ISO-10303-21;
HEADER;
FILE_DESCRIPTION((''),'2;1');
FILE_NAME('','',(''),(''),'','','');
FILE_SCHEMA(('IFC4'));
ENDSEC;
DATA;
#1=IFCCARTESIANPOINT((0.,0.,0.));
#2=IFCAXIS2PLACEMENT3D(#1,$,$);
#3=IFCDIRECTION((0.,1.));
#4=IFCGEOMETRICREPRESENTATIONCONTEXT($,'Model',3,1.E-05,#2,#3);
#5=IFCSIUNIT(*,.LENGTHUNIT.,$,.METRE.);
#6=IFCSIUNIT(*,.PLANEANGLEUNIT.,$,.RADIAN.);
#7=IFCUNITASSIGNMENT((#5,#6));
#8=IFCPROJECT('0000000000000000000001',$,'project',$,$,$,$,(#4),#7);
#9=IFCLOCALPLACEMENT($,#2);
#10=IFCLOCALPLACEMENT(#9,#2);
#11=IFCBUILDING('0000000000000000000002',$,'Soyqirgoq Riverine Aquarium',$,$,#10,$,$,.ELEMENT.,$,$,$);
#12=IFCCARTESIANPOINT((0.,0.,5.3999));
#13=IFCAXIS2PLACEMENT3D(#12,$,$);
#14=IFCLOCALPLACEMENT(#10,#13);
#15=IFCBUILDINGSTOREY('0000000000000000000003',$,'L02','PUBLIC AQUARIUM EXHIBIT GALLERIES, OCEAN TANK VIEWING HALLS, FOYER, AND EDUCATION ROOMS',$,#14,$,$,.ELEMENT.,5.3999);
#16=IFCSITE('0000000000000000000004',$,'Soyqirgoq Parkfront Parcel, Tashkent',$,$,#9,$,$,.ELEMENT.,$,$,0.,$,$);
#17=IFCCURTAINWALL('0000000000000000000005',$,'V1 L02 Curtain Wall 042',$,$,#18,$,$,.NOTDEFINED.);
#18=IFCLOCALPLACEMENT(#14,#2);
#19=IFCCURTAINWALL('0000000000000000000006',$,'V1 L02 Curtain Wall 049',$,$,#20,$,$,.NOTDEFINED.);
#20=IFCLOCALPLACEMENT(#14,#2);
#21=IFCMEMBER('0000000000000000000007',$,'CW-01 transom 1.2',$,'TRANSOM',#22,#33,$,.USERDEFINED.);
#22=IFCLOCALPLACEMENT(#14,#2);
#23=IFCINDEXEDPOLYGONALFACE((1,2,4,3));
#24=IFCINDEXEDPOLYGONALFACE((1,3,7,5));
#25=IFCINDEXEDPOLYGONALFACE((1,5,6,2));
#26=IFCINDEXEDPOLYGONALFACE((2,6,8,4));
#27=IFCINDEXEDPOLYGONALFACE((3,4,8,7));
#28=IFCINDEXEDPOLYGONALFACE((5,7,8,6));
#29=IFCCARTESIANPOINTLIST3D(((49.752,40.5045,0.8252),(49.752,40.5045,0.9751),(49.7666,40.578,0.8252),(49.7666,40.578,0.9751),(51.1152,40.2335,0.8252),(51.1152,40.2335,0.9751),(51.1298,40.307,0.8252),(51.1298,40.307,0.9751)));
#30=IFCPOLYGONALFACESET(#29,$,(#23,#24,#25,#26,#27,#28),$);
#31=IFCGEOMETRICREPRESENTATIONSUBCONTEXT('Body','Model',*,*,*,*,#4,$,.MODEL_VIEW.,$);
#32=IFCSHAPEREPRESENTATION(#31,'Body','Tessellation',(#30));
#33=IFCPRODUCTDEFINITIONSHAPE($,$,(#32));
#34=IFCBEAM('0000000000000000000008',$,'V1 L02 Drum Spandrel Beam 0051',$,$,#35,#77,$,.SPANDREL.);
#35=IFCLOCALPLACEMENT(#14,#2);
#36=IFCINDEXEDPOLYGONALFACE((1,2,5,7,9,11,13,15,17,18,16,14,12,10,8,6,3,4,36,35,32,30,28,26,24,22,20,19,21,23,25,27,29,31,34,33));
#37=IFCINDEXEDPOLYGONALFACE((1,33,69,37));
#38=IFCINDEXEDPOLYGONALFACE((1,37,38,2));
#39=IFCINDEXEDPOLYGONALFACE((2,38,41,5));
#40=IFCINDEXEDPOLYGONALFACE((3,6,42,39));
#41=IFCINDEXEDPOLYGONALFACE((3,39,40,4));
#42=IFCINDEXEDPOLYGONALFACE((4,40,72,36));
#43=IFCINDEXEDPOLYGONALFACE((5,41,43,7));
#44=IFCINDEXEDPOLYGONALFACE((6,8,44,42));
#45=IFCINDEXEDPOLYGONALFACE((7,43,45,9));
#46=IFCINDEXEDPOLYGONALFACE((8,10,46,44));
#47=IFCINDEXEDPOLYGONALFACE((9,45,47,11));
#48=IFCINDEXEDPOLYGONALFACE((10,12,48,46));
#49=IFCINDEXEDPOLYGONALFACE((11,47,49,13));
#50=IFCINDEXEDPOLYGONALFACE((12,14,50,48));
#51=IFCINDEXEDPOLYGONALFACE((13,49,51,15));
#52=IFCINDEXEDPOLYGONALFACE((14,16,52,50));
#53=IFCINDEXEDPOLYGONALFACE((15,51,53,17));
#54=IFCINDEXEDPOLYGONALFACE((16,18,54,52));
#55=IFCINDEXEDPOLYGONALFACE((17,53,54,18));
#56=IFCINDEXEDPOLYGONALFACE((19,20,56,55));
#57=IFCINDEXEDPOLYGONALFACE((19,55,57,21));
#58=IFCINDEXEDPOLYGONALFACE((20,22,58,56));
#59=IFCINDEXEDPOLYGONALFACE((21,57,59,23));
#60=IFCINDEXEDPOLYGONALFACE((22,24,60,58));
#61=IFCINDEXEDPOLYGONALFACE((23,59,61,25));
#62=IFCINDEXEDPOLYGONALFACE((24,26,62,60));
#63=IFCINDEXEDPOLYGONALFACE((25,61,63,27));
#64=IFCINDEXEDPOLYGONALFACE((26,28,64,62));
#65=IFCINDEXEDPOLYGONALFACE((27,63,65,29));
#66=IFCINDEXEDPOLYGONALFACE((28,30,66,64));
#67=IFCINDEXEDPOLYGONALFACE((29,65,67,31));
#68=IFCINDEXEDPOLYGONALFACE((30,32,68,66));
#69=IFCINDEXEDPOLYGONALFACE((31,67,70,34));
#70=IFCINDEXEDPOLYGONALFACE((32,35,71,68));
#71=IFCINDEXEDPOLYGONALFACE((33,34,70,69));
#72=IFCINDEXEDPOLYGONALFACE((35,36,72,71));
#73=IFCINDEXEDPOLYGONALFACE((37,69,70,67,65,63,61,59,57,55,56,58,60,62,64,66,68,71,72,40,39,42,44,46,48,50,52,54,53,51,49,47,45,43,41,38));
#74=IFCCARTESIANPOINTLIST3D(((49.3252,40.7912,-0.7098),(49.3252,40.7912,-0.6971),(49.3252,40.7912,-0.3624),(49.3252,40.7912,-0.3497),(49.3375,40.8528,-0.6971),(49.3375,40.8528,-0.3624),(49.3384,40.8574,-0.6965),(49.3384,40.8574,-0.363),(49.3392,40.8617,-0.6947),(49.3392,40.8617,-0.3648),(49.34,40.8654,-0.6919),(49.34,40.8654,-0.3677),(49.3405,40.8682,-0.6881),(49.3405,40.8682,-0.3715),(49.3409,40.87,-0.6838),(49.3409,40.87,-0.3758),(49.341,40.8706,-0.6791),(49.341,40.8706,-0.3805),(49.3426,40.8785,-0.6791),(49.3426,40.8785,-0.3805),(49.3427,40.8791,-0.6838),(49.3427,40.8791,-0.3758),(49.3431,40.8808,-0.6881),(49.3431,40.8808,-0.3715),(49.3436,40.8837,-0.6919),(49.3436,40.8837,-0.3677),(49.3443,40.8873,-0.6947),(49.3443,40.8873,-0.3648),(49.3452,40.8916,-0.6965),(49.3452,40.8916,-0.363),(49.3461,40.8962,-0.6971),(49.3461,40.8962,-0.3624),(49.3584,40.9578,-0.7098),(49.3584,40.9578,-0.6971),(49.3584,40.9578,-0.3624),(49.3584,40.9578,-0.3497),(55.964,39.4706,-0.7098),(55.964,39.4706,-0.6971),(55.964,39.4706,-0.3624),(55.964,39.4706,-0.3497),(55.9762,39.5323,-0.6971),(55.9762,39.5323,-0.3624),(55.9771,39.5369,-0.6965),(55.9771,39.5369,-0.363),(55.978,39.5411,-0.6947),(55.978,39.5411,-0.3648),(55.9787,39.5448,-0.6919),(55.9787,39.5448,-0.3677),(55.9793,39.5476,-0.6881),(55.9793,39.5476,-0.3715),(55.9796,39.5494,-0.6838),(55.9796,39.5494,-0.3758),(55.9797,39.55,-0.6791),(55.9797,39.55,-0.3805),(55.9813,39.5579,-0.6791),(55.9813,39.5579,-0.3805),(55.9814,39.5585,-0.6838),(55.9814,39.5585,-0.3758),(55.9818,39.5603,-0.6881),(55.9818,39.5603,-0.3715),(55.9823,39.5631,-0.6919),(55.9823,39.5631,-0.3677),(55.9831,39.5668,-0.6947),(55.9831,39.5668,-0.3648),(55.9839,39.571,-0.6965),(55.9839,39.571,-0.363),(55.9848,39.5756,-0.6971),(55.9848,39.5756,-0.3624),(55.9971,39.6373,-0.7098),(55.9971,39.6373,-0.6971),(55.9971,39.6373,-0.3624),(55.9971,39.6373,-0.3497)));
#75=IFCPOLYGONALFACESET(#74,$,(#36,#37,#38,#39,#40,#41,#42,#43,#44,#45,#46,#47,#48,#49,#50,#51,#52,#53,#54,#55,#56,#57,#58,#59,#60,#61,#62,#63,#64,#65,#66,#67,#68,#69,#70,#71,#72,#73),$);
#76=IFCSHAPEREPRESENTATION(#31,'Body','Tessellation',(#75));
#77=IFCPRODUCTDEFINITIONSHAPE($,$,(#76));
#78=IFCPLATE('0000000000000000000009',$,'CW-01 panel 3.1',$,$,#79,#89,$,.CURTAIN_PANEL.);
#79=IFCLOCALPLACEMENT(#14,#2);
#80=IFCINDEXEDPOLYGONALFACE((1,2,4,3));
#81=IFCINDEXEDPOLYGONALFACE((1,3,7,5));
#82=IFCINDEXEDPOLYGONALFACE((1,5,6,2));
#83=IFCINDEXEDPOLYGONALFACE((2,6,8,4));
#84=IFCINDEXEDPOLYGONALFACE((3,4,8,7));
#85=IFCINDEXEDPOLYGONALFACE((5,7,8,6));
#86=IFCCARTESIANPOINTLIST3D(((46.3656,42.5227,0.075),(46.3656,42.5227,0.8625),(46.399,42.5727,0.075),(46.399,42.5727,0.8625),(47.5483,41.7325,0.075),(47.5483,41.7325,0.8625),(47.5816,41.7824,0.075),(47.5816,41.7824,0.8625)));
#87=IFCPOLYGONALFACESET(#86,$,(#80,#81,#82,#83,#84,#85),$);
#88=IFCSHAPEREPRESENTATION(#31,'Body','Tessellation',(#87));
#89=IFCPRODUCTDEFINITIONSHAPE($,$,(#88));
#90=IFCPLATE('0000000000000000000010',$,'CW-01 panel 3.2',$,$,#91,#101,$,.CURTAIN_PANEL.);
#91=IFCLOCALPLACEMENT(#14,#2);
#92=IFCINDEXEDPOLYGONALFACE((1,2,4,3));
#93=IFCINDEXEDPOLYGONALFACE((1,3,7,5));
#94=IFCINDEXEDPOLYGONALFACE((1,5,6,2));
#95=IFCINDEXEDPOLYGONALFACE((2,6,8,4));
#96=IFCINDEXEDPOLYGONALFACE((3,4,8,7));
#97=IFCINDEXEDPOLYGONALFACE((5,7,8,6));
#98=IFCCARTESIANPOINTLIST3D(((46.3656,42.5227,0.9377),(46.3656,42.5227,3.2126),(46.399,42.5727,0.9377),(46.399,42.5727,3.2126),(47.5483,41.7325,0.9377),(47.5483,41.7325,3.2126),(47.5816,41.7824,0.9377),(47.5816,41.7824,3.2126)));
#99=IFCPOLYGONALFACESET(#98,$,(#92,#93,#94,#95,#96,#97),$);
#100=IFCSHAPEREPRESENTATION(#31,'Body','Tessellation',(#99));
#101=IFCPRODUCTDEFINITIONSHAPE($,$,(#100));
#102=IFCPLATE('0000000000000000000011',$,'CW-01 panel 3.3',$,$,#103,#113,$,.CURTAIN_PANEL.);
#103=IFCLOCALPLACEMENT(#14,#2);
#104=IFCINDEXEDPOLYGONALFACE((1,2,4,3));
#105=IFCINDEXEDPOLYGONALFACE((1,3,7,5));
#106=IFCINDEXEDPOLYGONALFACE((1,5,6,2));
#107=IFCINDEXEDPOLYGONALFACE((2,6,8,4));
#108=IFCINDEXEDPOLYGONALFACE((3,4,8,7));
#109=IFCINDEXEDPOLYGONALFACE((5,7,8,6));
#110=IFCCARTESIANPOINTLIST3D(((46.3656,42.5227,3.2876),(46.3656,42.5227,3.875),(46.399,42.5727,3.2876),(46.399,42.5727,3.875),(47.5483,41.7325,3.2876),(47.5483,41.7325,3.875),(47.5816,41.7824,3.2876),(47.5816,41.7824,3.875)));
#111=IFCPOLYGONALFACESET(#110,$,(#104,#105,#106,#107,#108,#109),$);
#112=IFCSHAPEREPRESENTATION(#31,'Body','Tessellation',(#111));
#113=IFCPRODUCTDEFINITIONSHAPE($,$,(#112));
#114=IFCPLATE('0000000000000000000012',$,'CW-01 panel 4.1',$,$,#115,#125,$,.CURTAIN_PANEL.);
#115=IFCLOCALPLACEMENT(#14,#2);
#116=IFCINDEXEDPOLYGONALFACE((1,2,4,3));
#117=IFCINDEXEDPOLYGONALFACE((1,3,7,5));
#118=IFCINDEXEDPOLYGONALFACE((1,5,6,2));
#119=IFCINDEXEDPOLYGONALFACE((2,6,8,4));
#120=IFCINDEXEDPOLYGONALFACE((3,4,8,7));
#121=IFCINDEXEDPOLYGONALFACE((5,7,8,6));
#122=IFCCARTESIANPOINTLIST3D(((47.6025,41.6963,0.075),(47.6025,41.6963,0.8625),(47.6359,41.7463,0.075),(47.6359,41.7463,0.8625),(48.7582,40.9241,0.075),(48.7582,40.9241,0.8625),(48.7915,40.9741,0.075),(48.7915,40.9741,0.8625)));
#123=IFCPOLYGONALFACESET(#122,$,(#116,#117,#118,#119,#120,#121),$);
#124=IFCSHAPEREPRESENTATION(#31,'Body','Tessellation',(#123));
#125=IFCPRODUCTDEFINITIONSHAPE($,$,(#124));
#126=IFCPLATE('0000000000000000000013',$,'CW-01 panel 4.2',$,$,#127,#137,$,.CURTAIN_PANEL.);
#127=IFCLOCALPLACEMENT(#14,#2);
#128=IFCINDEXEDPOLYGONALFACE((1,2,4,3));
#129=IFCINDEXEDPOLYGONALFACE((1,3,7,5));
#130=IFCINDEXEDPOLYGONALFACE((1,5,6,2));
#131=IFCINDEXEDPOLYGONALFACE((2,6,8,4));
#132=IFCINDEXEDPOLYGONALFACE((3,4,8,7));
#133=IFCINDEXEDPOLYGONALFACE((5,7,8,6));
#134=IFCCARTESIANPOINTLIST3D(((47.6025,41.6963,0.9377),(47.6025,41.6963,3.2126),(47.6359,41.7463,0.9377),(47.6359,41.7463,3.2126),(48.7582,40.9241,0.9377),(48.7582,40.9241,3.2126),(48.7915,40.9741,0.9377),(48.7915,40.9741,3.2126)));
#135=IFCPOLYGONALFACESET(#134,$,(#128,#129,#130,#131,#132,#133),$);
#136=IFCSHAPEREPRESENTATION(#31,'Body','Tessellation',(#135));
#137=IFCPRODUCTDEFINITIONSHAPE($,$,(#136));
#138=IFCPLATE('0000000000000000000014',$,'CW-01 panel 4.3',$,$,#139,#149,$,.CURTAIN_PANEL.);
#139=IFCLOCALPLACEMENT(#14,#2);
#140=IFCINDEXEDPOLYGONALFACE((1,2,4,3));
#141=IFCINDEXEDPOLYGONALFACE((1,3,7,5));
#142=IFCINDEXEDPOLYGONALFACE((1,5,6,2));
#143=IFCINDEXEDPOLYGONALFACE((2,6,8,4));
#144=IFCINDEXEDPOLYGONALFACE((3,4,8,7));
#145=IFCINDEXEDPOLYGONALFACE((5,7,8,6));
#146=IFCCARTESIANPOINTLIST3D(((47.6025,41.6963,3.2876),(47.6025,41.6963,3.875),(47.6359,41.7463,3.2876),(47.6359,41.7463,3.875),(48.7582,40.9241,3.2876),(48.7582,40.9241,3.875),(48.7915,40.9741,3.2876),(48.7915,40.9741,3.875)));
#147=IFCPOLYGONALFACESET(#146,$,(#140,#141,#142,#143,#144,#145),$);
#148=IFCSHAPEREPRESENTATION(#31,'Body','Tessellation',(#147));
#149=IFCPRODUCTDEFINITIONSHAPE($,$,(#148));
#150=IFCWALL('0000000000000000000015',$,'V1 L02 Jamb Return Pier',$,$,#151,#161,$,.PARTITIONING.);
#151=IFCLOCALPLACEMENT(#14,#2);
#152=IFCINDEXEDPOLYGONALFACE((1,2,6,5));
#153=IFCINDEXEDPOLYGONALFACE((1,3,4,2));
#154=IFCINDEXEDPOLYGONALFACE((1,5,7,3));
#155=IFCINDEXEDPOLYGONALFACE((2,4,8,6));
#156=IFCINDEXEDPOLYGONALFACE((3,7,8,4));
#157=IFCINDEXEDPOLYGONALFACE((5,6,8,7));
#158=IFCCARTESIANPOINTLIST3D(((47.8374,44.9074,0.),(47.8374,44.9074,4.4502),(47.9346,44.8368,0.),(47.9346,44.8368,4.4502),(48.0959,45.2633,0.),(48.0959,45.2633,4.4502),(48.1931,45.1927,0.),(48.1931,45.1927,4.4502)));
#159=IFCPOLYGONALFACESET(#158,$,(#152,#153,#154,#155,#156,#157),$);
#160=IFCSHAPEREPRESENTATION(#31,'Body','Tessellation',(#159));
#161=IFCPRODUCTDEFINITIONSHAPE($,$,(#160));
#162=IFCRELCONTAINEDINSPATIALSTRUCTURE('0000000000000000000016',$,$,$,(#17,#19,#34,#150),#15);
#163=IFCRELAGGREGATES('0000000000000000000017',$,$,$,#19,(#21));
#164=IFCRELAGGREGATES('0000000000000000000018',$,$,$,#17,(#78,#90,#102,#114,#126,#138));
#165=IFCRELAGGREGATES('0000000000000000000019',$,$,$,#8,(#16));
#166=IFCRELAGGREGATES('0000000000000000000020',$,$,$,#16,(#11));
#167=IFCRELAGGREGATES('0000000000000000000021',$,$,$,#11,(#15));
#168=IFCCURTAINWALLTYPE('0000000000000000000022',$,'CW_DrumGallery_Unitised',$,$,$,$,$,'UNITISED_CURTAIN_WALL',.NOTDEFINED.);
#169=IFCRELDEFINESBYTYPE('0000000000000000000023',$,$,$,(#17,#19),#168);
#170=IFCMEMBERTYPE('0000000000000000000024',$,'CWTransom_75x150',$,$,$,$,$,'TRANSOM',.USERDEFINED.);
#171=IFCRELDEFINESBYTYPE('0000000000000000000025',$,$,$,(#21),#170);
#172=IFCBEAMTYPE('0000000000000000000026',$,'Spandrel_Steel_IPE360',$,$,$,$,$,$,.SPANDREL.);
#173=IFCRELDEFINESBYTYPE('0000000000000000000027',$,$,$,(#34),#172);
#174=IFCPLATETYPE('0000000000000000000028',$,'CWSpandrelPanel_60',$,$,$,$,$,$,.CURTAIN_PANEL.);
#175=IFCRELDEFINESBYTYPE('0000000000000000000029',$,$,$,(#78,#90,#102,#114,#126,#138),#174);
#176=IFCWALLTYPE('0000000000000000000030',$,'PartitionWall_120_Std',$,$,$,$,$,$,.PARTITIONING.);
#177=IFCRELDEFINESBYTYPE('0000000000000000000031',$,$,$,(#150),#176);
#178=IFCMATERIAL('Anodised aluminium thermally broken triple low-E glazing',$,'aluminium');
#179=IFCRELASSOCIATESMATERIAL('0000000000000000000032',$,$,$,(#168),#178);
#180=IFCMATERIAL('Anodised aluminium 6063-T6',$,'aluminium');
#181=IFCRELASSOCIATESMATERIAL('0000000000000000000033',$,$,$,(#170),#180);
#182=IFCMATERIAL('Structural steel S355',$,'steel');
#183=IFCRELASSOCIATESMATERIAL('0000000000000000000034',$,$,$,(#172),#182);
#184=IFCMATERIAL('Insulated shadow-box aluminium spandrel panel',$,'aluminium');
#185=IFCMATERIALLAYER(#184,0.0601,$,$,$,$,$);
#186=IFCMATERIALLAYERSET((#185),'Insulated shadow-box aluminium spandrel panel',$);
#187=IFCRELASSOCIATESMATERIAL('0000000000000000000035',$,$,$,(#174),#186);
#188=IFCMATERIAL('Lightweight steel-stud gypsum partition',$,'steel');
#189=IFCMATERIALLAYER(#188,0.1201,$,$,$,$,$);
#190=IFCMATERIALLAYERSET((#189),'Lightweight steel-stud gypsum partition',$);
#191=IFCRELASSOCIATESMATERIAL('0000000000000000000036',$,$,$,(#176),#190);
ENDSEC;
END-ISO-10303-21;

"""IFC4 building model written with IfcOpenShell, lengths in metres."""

from ifc_helpers import new_model, si_unit, direction, frame, frame_2d, origin, origin_2d, place, context, subcontext, project, spatial, rectangle, i_section, extrude, material, layer, layer_set, material_profile, profile_set, type_object, element, aggregate, save


model = new_model("IFC4")

# Units and contexts
model_context = context("Model", 3, precision=1e-05, world=origin(), true_north=direction((0.0, 1.0)))
body_context = subcontext(model_context, "Body", "Model", "MODEL_VIEW")
ifc_project = project(units=[si_unit("LENGTHUNIT", "METRE"), si_unit("PLANEANGLEUNIT", "RADIAN")], contexts=[model_context])

# Site, building, storey
site_placement = place(None, origin())
site = spatial("IfcSite", under=ifc_project, at=site_placement, Name="Soyqirgoq Parkfront Parcel, Tashkent", CompositionType="ELEMENT", RefElevation=0.0)
building_placement = place(site_placement, origin())
building = spatial("IfcBuilding", under=site, at=building_placement, Name="Soyqirgoq Riverine Aquarium", CompositionType="ELEMENT")
storey_placement = place(building_placement, frame((0.0, 0.0, 5.3999)))
storey = spatial("IfcBuildingStorey", under=building, at=storey_placement, Name="L02", Description="PUBLIC AQUARIUM EXHIBIT GALLERIES, OCEAN TANK VIEWING HALLS, FOYER, AND EDUCATION ROOMS", CompositionType="ELEMENT", Elevation=5.3999)

# Curtain wall
ifc_material_1 = material(Name="Anodised aluminium thermally broken triple low-E glazing", Category="aluminium")
curtain_wall_type_1 = type_object("IfcCurtainWallType", Name="CW_DrumGallery_Unitised", ElementType="UNITISED_CURTAIN_WALL", PredefinedType="NOTDEFINED", material=ifc_material_1)
curtain_wall_1_placement = place(storey_placement, origin())
curtain_wall_1 = element("IfcCurtainWall", 1, at=curtain_wall_1_placement, inside=storey, type_object=curtain_wall_type_1, Name="V1 L02 Curtain Wall 042", PredefinedType="NOTDEFINED")

# Curtain wall
curtain_wall_2_placement = place(storey_placement, origin())
curtain_wall_2 = element("IfcCurtainWall", 2, at=curtain_wall_2_placement, inside=storey, type_object=curtain_wall_type_1, Name="V1 L02 Curtain Wall 049", PredefinedType="NOTDEFINED")

# Member
ifc_material_2 = material(Name="Anodised aluminium 6063-T6", Category="aluminium")
ifc_material_profile_1 = material_profile(ifc_material_2, rectangle(XDim=0.075, YDim=0.1499, at=origin_2d()), Name="ALU-T 75x150")
ifc_profile_set_1 = profile_set([ifc_material_profile_1], Name="Anodised aluminium 6063-T6")
member_type_1 = type_object("IfcMemberType", Name="CWTransom_75x150", ElementType="TRANSOM", PredefinedType="USERDEFINED", material=ifc_profile_set_1)
member_1_placement = place(storey_placement, frame((49.7593, 40.5413, 0.9001), z_axis=(0.98081, -0.194968, 0.0), x_axis=(0.194968, 0.98081, 0.0)))
member_1 = element("IfcMember", 3, at=member_1_placement, type_object=member_type_1, Name="CW-01 transom 1.2", ObjectType="TRANSOM", PredefinedType="USERDEFINED", context=body_context, shape_type="SweptSolid", body=[
    extrude(rectangle(XDim=0.075, YDim=0.1499, at=origin_2d()), origin(), (0.0, 0.0, 1.0), 1.3899),
])
aggregate(curtain_wall_2, [member_1])

# Beam
ifc_material_3 = material(Name="Structural steel S355", Category="steel")
ifc_material_profile_2 = material_profile(ifc_material_3, i_section(OverallWidth=0.1699, OverallDepth=0.3601, WebThickness=0.0081, FlangeThickness=0.0127, FilletRadius=0.0181, at=origin_2d()), Name="IPE 360")
ifc_profile_set_2 = profile_set([ifc_material_profile_2], Name="Structural steel S355")
beam_type = type_object("IfcBeamType", Name="Spandrel_Steel_IPE360", PredefinedType="SPANDREL", material=ifc_profile_set_2)
beam_placement = place(storey_placement, frame((49.3418, 40.8745, -0.5298), z_axis=(0.980784, -0.195096, 0.0), x_axis=(0.195096, 0.980784, 0.0)))
element("IfcBeam", 4, at=beam_placement, inside=storey, type_object=beam_type, Name="V1 L02 Drum Spandrel Beam 0051", PredefinedType="SPANDREL", context=body_context, shape_type="SweptSolid", body=[
    extrude(i_section(OverallWidth=0.1699, OverallDepth=0.3601, WebThickness=0.0081, FlangeThickness=0.0127, FilletRadius=0.0181, at=origin_2d()), origin(), (0.0, 0.0, 1.0), 6.7688),
])

# Plates
ifc_material_4 = material(Name="Insulated shadow-box aluminium spandrel panel", Category="aluminium")
ifc_layer_1 = layer(ifc_material_4, 0.0601)
ifc_layer_set_1 = layer_set([ifc_layer_1], Name="Insulated shadow-box aluminium spandrel panel")
plate_type = type_object("IfcPlateType", Name="CWSpandrelPanel_60", PredefinedType="CURTAIN_PANEL", material=ifc_layer_set_1)
plate_1_placement = place(storey_placement, frame((46.9736, 42.1526, 0.075), z_axis=(0.0, 0.0, 1.0), x_axis=(0.831473, -0.555565, 0.0)))
plate_1 = element("IfcPlate", 5, at=plate_1_placement, type_object=plate_type, Name="CW-01 panel 3.1", PredefinedType="CURTAIN_PANEL", context=body_context, shape_type="SweptSolid", body=[
    extrude(rectangle(XDim=1.4224, YDim=0.0601, at=origin_2d()), origin(), (0.0, 0.0, 1.0), 0.7876),
])
plate_2_placement = place(storey_placement, frame((46.9736, 42.1526, 0.9377), z_axis=(0.0, 0.0, 1.0), x_axis=(0.831473, -0.555565, 0.0)))
plate_2 = element("IfcPlate", 6, at=plate_2_placement, type_object=plate_type, Name="CW-01 panel 3.2", PredefinedType="CURTAIN_PANEL", context=body_context, shape_type="SweptSolid", body=[
    extrude(rectangle(XDim=1.4224, YDim=0.0601, at=origin_2d()), origin(), (0.0, 0.0, 1.0), 2.2749),
])
plate_3_placement = place(storey_placement, frame((46.9736, 42.1526, 3.2876), z_axis=(0.0, 0.0, 1.0), x_axis=(0.831473, -0.555565, 0.0)))
plate_3 = element("IfcPlate", 7, at=plate_3_placement, type_object=plate_type, Name="CW-01 panel 3.3", PredefinedType="CURTAIN_PANEL", context=body_context, shape_type="SweptSolid", body=[
    extrude(rectangle(XDim=1.4224, YDim=0.0601, at=origin_2d()), origin(), (0.0, 0.0, 1.0), 0.5874),
])
plate_4_placement = place(storey_placement, frame((48.197, 41.3352, 0.075), z_axis=(0.0, 0.0, 1.0), x_axis=(0.831473, -0.555565, 0.0)))
plate_4 = element("IfcPlate", 8, at=plate_4_placement, type_object=plate_type, Name="CW-01 panel 4.1", PredefinedType="CURTAIN_PANEL", context=body_context, shape_type="SweptSolid", body=[
    extrude(rectangle(XDim=1.3899, YDim=0.0601, at=origin_2d()), origin(), (0.0, 0.0, 1.0), 0.7876),
])
plate_5_placement = place(storey_placement, frame((48.197, 41.3352, 0.9377), z_axis=(0.0, 0.0, 1.0), x_axis=(0.831473, -0.555565, 0.0)))
plate_5 = element("IfcPlate", 9, at=plate_5_placement, type_object=plate_type, Name="CW-01 panel 4.2", PredefinedType="CURTAIN_PANEL", context=body_context, shape_type="SweptSolid", body=[
    extrude(rectangle(XDim=1.3899, YDim=0.0601, at=origin_2d()), origin(), (0.0, 0.0, 1.0), 2.2749),
])
plate_6_placement = place(storey_placement, frame((48.197, 41.3352, 3.2876), z_axis=(0.0, 0.0, 1.0), x_axis=(0.831473, -0.555565, 0.0)))
plate_6 = element("IfcPlate", 10, at=plate_6_placement, type_object=plate_type, Name="CW-01 panel 4.3", PredefinedType="CURTAIN_PANEL", context=body_context, shape_type="SweptSolid", body=[
    extrude(rectangle(XDim=1.3899, YDim=0.0601, at=origin_2d()), origin(), (0.0, 0.0, 1.0), 0.5874),
])
aggregate(curtain_wall_1, [plate_1, plate_2, plate_3, plate_4, plate_5, plate_6])

# Wall
ifc_material_5 = material(Name="Lightweight steel-stud gypsum partition", Category="steel")
ifc_layer_2 = layer(ifc_material_5, 0.1201)
ifc_layer_set_2 = layer_set([ifc_layer_2], Name="Lightweight steel-stud gypsum partition")
wall_type_1 = type_object("IfcWallType", Name="PartitionWall_120_Std", PredefinedType="PARTITIONING", material=ifc_layer_set_2)
wall_1_placement = place(storey_placement, frame((47.886, 44.8721, 0.0), z_axis=(0.0, 0.0, 1.0), x_axis=(0.587677, 0.809096, 0.0)))
element("IfcWall", 11, at=wall_1_placement, inside=storey, type_object=wall_type_1, Name="V1 L02 Jamb Return Pier", PredefinedType="PARTITIONING", context=body_context, shape_type="SweptSolid", body=[
    extrude(rectangle(XDim=0.4399, YDim=0.1201, at=frame_2d((0.22, 0.0))), origin(), (0.0, 0.0, 1.0), 4.4502),
])

save(model, "model.ifc")
